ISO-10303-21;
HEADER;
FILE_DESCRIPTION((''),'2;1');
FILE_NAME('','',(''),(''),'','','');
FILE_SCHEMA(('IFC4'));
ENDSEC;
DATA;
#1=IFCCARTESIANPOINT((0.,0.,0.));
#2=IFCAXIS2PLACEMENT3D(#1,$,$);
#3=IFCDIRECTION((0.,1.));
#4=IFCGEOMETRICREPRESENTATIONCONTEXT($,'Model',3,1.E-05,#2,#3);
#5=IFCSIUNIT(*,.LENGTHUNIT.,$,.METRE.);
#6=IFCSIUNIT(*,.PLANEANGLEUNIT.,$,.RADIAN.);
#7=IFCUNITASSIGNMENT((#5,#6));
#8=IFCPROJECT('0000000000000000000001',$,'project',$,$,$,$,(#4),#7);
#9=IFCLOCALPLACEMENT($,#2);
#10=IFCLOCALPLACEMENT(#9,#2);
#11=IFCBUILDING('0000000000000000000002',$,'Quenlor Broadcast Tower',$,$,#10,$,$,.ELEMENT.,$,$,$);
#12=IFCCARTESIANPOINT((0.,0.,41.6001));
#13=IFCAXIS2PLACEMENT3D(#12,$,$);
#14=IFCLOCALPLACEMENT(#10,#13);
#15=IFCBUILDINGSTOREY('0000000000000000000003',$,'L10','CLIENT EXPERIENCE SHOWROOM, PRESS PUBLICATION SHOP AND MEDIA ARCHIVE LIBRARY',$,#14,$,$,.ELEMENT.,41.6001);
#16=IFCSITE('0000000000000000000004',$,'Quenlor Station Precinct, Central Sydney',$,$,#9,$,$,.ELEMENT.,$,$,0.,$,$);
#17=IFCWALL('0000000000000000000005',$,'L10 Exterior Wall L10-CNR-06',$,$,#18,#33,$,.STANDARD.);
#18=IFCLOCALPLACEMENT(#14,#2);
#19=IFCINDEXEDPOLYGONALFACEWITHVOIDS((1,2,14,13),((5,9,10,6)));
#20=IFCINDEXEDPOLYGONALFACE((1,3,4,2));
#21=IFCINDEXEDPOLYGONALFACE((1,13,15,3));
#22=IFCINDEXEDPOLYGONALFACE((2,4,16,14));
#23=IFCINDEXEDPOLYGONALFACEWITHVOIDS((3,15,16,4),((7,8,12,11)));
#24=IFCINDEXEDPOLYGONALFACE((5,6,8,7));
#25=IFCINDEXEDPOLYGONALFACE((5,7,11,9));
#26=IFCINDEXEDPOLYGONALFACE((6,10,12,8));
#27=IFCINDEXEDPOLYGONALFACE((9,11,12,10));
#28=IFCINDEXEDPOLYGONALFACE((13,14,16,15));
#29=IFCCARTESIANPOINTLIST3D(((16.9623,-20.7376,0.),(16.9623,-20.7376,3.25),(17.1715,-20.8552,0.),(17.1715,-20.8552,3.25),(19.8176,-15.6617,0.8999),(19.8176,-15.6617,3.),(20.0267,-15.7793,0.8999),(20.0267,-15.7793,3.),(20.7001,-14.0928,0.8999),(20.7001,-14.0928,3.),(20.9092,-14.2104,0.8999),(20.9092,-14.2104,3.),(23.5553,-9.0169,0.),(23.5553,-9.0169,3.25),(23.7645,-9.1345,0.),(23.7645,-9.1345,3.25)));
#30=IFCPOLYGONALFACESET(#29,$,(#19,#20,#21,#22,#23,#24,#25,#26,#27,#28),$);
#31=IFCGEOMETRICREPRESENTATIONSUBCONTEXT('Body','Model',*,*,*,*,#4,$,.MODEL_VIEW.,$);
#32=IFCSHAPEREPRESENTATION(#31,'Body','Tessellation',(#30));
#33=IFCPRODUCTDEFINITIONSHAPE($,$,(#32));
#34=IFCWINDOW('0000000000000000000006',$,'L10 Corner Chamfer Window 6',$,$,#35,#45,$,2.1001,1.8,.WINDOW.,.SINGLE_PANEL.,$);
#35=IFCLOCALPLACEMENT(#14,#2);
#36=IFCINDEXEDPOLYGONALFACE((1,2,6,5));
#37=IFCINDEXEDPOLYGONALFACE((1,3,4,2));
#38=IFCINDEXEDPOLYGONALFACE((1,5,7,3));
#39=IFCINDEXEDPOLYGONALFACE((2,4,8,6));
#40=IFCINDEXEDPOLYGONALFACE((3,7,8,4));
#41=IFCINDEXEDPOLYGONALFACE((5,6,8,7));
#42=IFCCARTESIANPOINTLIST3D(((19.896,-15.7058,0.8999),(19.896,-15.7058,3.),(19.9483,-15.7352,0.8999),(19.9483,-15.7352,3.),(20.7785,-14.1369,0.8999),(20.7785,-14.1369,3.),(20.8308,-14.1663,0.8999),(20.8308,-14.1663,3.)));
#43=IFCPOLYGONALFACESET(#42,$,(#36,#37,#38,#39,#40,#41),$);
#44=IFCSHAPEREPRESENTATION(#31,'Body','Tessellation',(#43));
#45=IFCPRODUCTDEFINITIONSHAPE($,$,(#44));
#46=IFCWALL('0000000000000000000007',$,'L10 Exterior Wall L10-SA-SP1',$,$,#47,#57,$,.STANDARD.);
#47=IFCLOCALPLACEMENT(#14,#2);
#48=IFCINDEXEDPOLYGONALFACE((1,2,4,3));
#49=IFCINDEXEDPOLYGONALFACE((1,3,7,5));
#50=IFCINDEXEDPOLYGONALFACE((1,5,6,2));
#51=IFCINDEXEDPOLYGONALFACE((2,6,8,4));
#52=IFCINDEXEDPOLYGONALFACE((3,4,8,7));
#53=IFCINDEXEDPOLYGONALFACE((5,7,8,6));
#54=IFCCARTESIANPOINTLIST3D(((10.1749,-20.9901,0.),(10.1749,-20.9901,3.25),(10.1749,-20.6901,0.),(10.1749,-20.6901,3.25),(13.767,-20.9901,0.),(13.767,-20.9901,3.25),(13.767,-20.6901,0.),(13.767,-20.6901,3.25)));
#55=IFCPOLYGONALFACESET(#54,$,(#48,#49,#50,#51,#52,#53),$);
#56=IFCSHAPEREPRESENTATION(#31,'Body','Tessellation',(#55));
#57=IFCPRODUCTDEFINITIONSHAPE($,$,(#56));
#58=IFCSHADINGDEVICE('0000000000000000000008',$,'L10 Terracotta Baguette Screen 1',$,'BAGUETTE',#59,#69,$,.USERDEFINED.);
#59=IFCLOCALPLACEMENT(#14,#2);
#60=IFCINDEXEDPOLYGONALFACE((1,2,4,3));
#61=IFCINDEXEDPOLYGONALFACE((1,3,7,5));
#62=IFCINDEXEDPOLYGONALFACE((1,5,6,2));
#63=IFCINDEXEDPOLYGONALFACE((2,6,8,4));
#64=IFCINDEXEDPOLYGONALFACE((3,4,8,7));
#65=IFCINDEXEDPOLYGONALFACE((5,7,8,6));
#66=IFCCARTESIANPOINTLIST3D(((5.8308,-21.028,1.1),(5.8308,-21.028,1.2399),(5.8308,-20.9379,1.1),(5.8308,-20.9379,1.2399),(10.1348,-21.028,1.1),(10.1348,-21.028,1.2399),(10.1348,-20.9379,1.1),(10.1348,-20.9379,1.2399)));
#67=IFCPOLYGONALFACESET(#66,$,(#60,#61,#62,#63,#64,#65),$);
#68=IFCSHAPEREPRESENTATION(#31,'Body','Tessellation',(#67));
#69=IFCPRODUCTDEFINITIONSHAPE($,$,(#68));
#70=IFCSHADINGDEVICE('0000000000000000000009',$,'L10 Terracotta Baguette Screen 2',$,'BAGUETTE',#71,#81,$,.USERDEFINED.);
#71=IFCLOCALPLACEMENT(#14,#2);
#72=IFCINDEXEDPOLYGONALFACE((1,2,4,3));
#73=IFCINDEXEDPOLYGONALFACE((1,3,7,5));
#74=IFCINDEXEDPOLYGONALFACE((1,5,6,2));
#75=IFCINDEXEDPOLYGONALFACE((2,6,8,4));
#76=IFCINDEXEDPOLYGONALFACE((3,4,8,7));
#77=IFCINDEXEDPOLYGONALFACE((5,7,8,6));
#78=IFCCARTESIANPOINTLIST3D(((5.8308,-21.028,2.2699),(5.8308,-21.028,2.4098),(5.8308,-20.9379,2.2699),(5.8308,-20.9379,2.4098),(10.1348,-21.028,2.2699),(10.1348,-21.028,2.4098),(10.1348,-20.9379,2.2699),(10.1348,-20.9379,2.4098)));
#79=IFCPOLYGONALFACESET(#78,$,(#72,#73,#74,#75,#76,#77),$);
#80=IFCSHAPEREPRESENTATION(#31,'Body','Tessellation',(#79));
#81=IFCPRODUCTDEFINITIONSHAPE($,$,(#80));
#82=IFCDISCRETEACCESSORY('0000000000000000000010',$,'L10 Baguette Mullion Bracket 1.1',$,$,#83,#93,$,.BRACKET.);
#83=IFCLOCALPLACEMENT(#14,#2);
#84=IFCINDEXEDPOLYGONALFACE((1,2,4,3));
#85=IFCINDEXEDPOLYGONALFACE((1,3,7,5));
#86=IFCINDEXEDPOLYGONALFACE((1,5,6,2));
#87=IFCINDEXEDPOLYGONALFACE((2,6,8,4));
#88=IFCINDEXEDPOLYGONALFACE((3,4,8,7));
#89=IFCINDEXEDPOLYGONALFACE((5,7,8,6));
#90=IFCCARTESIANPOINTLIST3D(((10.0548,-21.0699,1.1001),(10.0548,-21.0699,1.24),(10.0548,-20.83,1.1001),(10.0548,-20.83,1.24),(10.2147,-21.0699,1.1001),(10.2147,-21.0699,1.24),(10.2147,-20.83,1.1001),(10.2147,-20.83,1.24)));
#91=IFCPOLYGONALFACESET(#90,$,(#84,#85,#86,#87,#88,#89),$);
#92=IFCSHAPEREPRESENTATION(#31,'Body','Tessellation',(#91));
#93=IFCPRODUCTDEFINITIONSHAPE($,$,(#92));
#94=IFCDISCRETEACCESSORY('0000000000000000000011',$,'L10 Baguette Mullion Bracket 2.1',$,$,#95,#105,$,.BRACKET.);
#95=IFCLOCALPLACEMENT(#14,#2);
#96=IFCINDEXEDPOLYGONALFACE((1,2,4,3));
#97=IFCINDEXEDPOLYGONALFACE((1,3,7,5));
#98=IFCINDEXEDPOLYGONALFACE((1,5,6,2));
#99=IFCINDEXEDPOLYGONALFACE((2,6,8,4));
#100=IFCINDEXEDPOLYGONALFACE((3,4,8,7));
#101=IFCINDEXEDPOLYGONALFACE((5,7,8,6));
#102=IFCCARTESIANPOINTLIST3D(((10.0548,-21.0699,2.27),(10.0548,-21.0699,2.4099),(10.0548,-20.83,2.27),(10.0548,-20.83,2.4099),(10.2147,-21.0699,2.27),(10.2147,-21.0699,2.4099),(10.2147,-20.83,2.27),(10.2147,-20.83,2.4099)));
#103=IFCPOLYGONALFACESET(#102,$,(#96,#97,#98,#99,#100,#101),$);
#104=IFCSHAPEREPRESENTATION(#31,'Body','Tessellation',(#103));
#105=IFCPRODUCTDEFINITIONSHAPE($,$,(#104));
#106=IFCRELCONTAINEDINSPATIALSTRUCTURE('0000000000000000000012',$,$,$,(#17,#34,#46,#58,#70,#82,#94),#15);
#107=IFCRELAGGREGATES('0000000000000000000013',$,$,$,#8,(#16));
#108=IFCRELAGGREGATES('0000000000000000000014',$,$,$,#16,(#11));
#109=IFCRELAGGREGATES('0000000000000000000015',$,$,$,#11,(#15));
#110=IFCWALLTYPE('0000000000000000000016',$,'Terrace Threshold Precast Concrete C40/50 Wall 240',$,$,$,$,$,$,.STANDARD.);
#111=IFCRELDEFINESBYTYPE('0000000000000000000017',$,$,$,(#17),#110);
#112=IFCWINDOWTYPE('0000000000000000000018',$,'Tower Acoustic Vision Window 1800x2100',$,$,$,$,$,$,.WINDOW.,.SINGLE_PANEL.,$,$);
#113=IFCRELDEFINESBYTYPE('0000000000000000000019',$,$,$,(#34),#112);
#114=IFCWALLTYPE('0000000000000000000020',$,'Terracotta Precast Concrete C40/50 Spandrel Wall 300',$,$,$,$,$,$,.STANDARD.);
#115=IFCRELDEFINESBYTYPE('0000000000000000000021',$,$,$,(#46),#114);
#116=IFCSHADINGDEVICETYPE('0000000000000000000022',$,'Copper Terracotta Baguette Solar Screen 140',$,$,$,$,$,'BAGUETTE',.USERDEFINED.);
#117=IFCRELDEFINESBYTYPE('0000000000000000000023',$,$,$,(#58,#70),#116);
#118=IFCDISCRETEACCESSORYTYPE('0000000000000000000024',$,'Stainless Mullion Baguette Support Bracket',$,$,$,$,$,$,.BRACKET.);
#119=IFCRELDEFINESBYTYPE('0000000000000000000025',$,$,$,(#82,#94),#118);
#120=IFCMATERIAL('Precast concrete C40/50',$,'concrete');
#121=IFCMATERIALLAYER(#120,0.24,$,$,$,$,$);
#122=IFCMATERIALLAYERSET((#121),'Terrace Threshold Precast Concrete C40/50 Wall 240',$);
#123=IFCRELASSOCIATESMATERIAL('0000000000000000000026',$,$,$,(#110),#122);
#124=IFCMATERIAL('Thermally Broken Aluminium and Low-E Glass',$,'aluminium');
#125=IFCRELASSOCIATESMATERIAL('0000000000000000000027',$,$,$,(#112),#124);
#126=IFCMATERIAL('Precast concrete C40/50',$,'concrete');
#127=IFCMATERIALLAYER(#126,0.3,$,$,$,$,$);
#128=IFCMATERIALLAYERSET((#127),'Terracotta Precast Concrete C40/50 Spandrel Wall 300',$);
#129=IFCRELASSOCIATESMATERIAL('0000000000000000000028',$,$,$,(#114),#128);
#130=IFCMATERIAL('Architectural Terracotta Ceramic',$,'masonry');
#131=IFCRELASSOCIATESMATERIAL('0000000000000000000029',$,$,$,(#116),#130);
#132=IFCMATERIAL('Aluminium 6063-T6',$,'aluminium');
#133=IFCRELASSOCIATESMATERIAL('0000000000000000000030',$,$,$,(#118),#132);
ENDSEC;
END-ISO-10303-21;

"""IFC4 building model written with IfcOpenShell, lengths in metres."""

from ifc_helpers import new_model, si_unit, direction, frame, frame_2d, origin, origin_2d, place, context, subcontext, project, spatial, rectangle, extrude, material, layer, layer_set, material_profile, profile_set, type_object, element, fill, save


model = new_model("IFC4")

# Units and contexts
model_context = context("Model", 3, precision=1e-05, world=origin(), true_north=direction((0.0, 1.0)))
body_context = subcontext(model_context, "Body", "Model", "MODEL_VIEW")
ifc_project = project(units=[si_unit("LENGTHUNIT", "METRE"), si_unit("PLANEANGLEUNIT", "RADIAN")], contexts=[model_context])

# Site, building, storey
site_placement = place(None, origin())
site = spatial("IfcSite", under=ifc_project, at=site_placement, Name="Quenlor Station Precinct, Central Sydney", CompositionType="ELEMENT", RefElevation=0.0)
building_placement = place(site_placement, origin())
building = spatial("IfcBuilding", under=site, at=building_placement, Name="Quenlor Broadcast Tower", CompositionType="ELEMENT")
storey_placement = place(building_placement, frame((0.0, 0.0, 41.6001)))
storey = spatial("IfcBuildingStorey", under=building, at=storey_placement, Name="L10", Description="CLIENT EXPERIENCE SHOWROOM, PRESS PUBLICATION SHOP AND MEDIA ARCHIVE LIBRARY", CompositionType="ELEMENT", Elevation=41.6001)

# Shared definitions
ifc_material_1 = material(Name="Precast concrete C40/50", Category="concrete")
ifc_layer_1 = layer(ifc_material_1, 0.24)
ifc_layer_set_1 = layer_set([ifc_layer_1], Name="Terrace Threshold Precast Concrete C40/50 Wall 240")
wall_type_1 = type_object("IfcWallType", Name="Terrace Threshold Precast Concrete C40/50 Wall 240", PredefinedType="STANDARD", material=ifc_layer_set_1)

# Wall, opening, window
wall_1_placement = place(storey_placement, frame((17.0669, -20.7964, 0.0), z_axis=(0.0, 0.0, 1.0), x_axis=(0.490268, 0.871572, 0.0)))
wall_1 = element("IfcWall", 1, at=wall_1_placement, inside=storey, type_object=wall_type_1, Name="L10 Exterior Wall L10-CNR-06", PredefinedType="STANDARD", context=body_context, shape_type="SweptSolid", body=[
    extrude(rectangle(XDim=13.4478, YDim=0.24, at=frame_2d((6.7239, 0.0))), origin(), (0.0, 0.0, 1.0), 3.25),
])
opening_placement = place(wall_1_placement, frame((5.824, 0.0, 0.8999)))
opening = element("IfcOpeningElement", 2, at=opening_placement, cuts=wall_1, PredefinedType="OPENING", context=body_context, shape_type="SweptSolid", body=[
    extrude(rectangle(XDim=1.8, YDim=2.1001, at=frame_2d((0.8999, 1.05))), frame((0.0, 0.1299, 0.0), z_axis=(0.0, -1.0, 0.0), x_axis=(1.0, 0.0, 0.0)), (0.0, 0.0, 1.0), 0.26),
])
ifc_material_2 = material(Name="Thermally Broken Aluminium and Low-E Glass", Category="aluminium")
window_type = type_object("IfcWindowType", Name="Tower Acoustic Vision Window 1800x2100", PartitioningType="SINGLE_PANEL", PredefinedType="WINDOW", material=ifc_material_2)
window_placement = place(opening_placement, origin())
window = element("IfcWindow", 3, at=window_placement, inside=storey, type_object=window_type, Name="L10 Corner Chamfer Window 6", OverallHeight=2.1001, OverallWidth=1.8, PartitioningType="SINGLE_PANEL", PredefinedType="WINDOW", context=body_context, shape_type="SweptSolid", body=[
    extrude(rectangle(XDim=1.8, YDim=2.1001, at=frame_2d((0.8999, 1.05))), frame((0.0, 0.03, 0.0), z_axis=(0.0, -1.0, 0.0), x_axis=(1.0, 0.0, 0.0)), (0.0, 0.0, 1.0), 0.0601),
])
fill(opening, window)

# Wall
ifc_material_3 = material(Name="Precast concrete C40/50", Category="concrete")
ifc_layer_2 = layer(ifc_material_3, 0.3)
ifc_layer_set_2 = layer_set([ifc_layer_2], Name="Terracotta Precast Concrete C40/50 Spandrel Wall 300")
wall_type_2 = type_object("IfcWallType", Name="Terracotta Precast Concrete C40/50 Spandrel Wall 300", PredefinedType="STANDARD", material=ifc_layer_set_2)
wall_2_placement = place(storey_placement, frame((13.7668, -20.8401, 0.0), z_axis=(0.0, 0.0, 1.0), x_axis=(-1.0, 0.0, 0.0)))
element("IfcWall", 4, at=wall_2_placement, inside=storey, type_object=wall_type_2, Name="L10 Exterior Wall L10-SA-SP1", PredefinedType="STANDARD", context=body_context, shape_type="SweptSolid", body=[
    extrude(rectangle(XDim=3.592, YDim=0.3, at=frame_2d((1.7959, 0.0))), origin(), (0.0, 0.0, 1.0), 3.25),
])

# Shading devices
ifc_material_4 = material(Name="Architectural Terracotta Ceramic", Category="masonry")
ifc_material_profile_1 = material_profile(ifc_material_4, rectangle(XDim=0.0901, YDim=0.1399, at=origin_2d()))
ifc_profile_set_1 = profile_set([ifc_material_profile_1], Name="Architectural Terracotta Ceramic BAG90x140")
shading_device_type = type_object("IfcShadingDeviceType", Name="Copper Terracotta Baguette Solar Screen 140", ElementType="BAGUETTE", PredefinedType="USERDEFINED", material=ifc_profile_set_1)
for number, where, z_axis, x_axis, name in (
    (5, (10.1348, -20.9829, 1.1699), (-1.0, 0.0, 0.0), (0.0, -1.0, 0.0), "L10 Terracotta Baguette Screen 1"),
    (6, (10.1348, -20.9829, 2.3398), (-1.0, 0.0, 0.0), (0.0, -1.0, 0.0), "L10 Terracotta Baguette Screen 2"),
):
    element("IfcShadingDevice", number, at=place(storey_placement, frame(where, z_axis=z_axis, x_axis=x_axis)), inside=storey, type_object=shading_device_type, Name=name, ObjectType="BAGUETTE", PredefinedType="USERDEFINED", context=body_context, shape_type="SweptSolid", body=[
        extrude(rectangle(XDim=0.0901, YDim=0.1399, at=origin_2d()), origin(), (0.0, 0.0, 1.0), 4.304),
    ])

# Discrete accessories
ifc_material_5 = material(Name="Aluminium 6063-T6", Category="aluminium")
discrete_accessory_type = type_object("IfcDiscreteAccessoryType", Name="Stainless Mullion Baguette Support Bracket", PredefinedType="BRACKET", material=ifc_material_5)
for number, where, z_axis, x_axis, name in (
    (7, (10.1348, -20.95, 1.1001), (0.0, 0.0, 1.0), (-1.0, 0.0, 0.0), "L10 Baguette Mullion Bracket 1.1"),
    (8, (10.1348, -20.95, 2.27), (0.0, 0.0, 1.0), (-1.0, 0.0, 0.0), "L10 Baguette Mullion Bracket 2.1"),
):
    element("IfcDiscreteAccessory", number, at=place(storey_placement, frame(where, z_axis=z_axis, x_axis=x_axis)), inside=storey, type_object=discrete_accessory_type, Name=name, PredefinedType="BRACKET", context=body_context, shape_type="SweptSolid", body=[
        extrude(rectangle(XDim=0.1599, YDim=0.24, at=origin_2d()), origin(), (0.0, 0.0, 1.0), 0.1399),
    ])

save(model, "model.ifc")
